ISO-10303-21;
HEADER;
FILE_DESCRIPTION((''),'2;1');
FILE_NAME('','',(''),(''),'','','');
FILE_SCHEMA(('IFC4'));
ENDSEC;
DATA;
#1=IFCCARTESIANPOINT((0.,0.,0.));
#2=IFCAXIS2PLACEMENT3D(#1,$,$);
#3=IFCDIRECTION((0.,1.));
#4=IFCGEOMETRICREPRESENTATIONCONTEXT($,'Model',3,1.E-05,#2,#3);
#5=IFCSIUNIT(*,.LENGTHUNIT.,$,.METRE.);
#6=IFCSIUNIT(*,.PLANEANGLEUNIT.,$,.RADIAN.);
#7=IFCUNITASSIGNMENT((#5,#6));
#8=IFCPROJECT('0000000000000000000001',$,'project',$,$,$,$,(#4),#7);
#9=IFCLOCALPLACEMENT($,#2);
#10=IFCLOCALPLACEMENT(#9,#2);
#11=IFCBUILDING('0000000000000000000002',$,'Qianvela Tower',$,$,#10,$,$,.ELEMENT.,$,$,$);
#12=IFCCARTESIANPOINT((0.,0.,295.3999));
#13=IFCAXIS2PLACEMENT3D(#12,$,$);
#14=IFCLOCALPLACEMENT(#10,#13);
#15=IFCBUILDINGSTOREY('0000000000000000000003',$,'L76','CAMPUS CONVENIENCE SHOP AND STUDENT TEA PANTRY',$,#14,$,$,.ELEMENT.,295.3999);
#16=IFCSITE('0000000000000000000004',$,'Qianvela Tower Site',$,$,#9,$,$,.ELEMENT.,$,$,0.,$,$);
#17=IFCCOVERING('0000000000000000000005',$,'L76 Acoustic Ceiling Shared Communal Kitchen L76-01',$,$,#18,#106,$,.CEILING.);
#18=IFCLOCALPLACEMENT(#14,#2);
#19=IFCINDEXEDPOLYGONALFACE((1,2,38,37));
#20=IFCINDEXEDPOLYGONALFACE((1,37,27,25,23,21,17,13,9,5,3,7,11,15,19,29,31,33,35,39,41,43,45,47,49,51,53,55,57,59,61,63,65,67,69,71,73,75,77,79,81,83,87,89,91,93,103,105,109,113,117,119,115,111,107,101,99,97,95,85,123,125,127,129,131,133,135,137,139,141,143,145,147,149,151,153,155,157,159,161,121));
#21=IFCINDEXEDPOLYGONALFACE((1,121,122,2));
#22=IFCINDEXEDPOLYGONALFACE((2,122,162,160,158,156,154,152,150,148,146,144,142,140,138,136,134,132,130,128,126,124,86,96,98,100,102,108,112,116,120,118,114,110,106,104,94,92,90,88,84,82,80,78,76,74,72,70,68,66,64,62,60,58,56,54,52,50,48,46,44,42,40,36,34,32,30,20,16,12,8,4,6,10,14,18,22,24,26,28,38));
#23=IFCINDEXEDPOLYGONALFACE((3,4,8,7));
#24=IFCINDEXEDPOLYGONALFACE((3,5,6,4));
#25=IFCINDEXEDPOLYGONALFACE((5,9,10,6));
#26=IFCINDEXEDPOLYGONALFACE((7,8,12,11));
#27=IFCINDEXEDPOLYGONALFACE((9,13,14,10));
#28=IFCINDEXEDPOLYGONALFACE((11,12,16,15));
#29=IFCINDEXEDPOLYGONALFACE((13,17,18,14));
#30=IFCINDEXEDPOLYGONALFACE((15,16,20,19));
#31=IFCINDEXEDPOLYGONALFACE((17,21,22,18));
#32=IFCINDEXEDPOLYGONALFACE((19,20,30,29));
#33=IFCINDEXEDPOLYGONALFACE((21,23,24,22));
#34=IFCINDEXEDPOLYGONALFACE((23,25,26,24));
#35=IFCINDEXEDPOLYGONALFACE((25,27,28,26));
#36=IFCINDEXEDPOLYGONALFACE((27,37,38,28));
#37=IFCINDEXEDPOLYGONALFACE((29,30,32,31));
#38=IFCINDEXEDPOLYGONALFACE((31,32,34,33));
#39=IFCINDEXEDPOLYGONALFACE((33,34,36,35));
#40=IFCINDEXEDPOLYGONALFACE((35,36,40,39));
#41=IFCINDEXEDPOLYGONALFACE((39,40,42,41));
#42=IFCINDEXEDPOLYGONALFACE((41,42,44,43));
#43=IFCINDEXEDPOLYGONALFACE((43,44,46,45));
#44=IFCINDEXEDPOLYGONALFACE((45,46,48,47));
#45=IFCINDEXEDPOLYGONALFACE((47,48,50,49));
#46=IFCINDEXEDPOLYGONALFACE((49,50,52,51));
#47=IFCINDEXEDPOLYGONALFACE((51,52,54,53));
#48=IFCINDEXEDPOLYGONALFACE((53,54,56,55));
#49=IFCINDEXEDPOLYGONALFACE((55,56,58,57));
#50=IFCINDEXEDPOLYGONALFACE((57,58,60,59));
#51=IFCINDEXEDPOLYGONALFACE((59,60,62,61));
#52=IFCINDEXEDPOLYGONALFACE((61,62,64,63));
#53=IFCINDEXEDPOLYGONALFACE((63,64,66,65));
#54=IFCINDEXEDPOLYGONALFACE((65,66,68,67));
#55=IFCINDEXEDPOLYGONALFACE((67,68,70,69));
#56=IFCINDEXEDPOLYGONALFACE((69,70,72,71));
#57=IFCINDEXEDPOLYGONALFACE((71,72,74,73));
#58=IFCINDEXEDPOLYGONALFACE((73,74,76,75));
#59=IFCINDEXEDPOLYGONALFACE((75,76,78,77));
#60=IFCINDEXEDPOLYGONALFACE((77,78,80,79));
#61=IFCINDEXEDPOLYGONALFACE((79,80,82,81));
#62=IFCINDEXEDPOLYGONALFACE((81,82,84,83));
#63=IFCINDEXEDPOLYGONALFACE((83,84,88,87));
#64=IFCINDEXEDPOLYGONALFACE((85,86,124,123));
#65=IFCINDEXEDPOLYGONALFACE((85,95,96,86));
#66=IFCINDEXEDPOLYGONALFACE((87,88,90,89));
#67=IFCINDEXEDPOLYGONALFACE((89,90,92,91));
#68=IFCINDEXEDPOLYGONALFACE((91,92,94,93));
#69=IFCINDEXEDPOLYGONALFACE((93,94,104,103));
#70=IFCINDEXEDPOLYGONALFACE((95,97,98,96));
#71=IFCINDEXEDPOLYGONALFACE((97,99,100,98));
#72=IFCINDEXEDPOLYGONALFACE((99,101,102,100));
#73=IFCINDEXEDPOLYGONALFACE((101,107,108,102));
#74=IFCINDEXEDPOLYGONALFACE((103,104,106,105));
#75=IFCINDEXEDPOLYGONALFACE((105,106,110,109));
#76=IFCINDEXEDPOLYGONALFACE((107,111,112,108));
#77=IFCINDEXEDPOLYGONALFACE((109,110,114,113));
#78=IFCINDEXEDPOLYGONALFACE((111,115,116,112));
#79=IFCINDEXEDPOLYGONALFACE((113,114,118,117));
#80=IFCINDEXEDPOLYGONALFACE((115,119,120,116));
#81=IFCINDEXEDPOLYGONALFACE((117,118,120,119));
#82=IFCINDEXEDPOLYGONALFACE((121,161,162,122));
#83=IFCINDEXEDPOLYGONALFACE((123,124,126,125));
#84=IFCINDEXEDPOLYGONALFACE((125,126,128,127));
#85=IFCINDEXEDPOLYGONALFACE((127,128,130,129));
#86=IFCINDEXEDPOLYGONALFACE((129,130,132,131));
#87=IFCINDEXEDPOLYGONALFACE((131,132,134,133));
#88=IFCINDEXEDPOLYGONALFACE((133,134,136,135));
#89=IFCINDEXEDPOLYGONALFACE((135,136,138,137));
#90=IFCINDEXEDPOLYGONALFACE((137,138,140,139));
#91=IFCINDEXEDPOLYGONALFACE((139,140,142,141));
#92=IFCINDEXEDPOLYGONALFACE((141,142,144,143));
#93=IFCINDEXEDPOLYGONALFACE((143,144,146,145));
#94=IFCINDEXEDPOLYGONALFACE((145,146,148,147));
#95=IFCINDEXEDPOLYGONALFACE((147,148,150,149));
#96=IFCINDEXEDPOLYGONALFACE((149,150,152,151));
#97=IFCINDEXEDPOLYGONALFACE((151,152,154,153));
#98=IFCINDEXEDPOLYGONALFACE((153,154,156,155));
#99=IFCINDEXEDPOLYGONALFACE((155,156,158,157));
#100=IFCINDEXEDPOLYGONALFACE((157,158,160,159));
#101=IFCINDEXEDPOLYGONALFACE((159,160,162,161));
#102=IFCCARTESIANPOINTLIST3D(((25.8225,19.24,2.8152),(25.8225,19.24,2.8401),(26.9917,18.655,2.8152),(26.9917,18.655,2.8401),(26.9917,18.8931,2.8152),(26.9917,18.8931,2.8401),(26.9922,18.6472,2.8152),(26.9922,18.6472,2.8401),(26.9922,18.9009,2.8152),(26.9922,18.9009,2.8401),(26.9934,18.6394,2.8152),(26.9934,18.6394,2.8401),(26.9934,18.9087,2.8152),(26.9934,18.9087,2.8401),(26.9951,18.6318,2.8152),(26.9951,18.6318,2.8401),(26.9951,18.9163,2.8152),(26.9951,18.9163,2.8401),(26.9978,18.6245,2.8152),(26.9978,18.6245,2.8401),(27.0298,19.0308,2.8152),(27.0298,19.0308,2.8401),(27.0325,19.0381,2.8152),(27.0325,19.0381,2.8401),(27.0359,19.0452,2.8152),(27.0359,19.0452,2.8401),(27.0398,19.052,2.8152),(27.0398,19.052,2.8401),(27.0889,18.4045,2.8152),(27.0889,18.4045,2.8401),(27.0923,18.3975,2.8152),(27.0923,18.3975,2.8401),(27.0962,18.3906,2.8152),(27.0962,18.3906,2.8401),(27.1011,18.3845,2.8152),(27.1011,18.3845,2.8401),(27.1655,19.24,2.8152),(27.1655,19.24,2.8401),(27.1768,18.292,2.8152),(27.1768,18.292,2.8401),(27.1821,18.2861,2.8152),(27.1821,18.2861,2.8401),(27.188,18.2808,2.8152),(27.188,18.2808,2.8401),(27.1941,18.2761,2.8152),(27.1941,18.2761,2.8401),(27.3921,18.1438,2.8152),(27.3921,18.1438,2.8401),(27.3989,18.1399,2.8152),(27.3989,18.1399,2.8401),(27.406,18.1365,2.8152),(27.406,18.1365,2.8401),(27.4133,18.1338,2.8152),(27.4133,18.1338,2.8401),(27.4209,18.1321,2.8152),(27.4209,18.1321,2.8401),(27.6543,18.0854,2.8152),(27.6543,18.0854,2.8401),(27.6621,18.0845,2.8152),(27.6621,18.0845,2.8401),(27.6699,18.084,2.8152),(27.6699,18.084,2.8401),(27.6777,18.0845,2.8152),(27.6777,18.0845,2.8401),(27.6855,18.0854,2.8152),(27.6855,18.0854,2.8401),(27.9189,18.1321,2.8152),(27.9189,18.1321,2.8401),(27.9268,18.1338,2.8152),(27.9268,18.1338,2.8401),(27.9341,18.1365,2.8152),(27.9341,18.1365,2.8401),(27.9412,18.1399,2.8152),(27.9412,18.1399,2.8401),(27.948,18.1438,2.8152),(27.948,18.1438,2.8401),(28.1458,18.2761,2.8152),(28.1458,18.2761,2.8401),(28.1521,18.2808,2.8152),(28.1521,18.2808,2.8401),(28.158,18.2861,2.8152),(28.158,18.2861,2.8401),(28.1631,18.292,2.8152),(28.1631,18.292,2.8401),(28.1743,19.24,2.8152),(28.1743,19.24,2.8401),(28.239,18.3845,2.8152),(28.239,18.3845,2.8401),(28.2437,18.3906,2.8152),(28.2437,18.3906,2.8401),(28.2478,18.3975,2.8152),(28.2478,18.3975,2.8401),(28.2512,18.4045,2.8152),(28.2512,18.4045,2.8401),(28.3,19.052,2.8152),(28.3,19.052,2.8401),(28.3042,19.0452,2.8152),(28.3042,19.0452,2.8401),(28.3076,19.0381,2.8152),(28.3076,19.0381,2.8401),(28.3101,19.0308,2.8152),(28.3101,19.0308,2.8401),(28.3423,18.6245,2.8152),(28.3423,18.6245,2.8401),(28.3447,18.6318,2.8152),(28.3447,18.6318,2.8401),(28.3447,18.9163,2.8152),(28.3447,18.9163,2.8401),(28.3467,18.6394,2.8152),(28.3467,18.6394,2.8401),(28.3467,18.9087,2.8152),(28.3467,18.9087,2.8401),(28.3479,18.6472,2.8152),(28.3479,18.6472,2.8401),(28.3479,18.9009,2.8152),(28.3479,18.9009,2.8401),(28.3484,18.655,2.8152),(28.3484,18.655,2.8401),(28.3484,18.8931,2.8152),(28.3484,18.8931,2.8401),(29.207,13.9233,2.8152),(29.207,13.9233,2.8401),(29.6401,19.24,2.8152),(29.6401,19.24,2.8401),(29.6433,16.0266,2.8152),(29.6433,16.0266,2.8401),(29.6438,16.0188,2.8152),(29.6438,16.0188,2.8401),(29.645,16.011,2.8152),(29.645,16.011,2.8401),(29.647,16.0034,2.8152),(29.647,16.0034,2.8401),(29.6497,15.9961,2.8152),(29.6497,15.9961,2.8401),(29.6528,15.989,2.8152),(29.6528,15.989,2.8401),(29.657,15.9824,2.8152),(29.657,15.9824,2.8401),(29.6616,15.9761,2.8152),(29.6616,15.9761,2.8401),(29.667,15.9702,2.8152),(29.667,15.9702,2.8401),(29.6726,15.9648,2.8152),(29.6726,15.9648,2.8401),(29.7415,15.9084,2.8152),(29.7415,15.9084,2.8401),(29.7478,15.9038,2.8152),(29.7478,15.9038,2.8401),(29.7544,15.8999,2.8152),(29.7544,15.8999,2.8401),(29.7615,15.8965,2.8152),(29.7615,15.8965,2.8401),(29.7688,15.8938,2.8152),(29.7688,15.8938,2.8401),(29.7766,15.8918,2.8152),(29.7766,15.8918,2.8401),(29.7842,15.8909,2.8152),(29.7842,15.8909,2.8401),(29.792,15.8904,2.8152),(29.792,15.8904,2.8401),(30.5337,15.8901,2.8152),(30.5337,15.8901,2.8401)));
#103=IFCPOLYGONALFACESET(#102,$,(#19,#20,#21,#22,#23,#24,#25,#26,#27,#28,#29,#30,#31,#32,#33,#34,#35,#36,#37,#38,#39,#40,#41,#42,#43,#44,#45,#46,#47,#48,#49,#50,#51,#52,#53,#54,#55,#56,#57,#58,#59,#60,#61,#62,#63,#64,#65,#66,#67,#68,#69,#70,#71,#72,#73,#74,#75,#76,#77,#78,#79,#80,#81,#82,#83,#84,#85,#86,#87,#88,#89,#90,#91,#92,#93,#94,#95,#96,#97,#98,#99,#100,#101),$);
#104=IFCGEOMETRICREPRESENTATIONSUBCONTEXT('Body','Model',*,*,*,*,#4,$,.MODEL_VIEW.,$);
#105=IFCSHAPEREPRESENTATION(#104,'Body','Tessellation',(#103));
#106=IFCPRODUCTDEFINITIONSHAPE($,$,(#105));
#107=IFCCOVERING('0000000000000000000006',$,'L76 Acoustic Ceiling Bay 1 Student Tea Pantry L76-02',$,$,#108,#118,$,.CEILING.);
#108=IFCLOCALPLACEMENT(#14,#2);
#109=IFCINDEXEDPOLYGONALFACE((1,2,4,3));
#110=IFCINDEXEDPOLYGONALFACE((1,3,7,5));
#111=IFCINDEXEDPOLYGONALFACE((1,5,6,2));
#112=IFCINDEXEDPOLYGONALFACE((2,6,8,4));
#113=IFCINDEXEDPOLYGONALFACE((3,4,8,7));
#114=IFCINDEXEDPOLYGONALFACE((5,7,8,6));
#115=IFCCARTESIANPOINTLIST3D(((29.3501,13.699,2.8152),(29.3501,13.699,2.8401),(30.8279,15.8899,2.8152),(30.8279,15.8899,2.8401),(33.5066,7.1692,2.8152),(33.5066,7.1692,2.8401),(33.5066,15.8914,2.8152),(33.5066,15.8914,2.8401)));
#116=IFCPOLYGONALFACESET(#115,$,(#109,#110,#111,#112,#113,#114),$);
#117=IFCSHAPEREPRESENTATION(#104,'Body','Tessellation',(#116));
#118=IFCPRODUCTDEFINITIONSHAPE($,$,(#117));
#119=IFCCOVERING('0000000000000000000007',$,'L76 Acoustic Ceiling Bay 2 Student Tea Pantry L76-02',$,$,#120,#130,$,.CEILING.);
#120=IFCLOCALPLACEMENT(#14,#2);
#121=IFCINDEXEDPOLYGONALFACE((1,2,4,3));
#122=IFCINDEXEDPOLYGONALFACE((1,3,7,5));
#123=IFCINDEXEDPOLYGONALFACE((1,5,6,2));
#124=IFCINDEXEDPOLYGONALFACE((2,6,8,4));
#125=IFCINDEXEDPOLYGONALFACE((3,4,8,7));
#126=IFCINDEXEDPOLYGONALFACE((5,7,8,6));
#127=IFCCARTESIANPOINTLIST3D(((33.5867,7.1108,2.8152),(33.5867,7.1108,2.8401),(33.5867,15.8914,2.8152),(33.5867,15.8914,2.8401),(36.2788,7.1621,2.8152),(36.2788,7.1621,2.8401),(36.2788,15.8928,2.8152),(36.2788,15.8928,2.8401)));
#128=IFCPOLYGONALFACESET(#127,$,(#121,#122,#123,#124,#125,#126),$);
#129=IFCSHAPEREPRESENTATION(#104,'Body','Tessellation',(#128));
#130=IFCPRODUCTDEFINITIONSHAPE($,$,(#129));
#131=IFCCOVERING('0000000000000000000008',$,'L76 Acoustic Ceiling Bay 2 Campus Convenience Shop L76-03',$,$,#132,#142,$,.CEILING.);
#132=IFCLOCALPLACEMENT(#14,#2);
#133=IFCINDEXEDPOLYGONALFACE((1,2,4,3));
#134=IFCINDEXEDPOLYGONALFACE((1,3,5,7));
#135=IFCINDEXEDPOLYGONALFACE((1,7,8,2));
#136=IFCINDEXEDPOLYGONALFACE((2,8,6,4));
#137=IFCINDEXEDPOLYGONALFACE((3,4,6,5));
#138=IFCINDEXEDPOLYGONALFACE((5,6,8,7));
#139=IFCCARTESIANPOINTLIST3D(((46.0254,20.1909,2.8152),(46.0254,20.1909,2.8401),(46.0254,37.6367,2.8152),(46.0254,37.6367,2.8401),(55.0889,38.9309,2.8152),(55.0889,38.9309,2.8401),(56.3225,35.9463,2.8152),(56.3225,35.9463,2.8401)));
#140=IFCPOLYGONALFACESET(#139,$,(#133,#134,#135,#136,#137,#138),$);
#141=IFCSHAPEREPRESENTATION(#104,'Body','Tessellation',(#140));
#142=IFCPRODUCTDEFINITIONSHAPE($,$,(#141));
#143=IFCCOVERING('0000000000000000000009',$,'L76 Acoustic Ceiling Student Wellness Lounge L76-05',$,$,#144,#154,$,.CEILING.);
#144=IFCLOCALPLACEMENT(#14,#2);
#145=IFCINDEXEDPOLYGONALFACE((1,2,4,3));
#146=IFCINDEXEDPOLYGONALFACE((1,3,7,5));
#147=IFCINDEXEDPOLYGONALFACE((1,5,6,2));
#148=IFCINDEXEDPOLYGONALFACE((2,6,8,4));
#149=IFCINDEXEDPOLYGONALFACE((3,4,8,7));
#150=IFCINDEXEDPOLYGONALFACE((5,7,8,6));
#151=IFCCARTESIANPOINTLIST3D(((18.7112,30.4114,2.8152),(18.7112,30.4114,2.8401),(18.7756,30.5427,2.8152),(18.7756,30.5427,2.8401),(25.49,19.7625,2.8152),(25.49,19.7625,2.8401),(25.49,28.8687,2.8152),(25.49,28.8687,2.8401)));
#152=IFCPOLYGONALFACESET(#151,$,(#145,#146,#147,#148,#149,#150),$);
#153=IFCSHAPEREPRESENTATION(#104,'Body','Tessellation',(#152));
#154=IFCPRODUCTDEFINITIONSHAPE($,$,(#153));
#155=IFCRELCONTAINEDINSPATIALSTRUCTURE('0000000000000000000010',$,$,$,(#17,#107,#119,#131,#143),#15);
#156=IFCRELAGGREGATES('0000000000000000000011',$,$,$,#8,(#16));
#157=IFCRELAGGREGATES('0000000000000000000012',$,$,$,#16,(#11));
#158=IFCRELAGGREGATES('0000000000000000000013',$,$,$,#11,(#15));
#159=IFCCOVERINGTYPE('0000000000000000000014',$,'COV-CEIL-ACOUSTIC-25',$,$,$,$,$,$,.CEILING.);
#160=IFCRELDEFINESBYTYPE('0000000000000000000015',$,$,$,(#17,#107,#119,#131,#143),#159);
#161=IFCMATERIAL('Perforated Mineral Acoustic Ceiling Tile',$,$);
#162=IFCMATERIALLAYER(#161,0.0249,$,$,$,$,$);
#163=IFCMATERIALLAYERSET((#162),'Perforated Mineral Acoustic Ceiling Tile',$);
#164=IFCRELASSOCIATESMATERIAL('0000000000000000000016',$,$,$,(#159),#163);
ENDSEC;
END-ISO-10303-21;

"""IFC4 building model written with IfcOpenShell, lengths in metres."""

from ifc_helpers import new_model, si_unit, direction, frame, origin, place, context, subcontext, project, spatial, polyline, outline, extrude, material, layer, layer_set, type_object, element, save


model = new_model("IFC4")

# Units and contexts
model_context = context("Model", 3, precision=1e-05, world=origin(), true_north=direction((0.0, 1.0)))
body_context = subcontext(model_context, "Body", "Model", "MODEL_VIEW")
ifc_project = project(units=[si_unit("LENGTHUNIT", "METRE"), si_unit("PLANEANGLEUNIT", "RADIAN")], contexts=[model_context])

# Site, building, storey
site_placement = place(None, origin())
site = spatial("IfcSite", under=ifc_project, at=site_placement, Name="Qianvela Tower Site", CompositionType="ELEMENT", RefElevation=0.0)
building_placement = place(site_placement, origin())
building = spatial("IfcBuilding", under=site, at=building_placement, Name="Qianvela Tower", CompositionType="ELEMENT")
storey_placement = place(building_placement, frame((0.0, 0.0, 295.3999)))
storey = spatial("IfcBuildingStorey", under=building, at=storey_placement, Name="L76", Description="CAMPUS CONVENIENCE SHOP AND STUDENT TEA PANTRY", CompositionType="ELEMENT", Elevation=295.3999)

# Coverings
ifc_material_1 = material(Name="Perforated Mineral Acoustic Ceiling Tile")
ifc_layer_1 = layer(ifc_material_1, 0.0249)
ifc_layer_set_1 = layer_set([ifc_layer_1], Name="Perforated Mineral Acoustic Ceiling Tile")
covering_type_1 = type_object("IfcCoveringType", Name="COV-CEIL-ACOUSTIC-25", PredefinedType="CEILING", material=ifc_layer_set_1)
covering_1_placement = place(storey_placement, frame((0.0, 0.0, 2.8152)))
element("IfcCovering", 1, at=covering_1_placement, inside=storey, type_object=covering_type_1, Name="L76 Acoustic Ceiling Shared Communal Kitchen L76-01", PredefinedType="CEILING", context=body_context, shape_type="SweptSolid", body=[
    extrude(outline(polyline([(27.1655, 19.24), (27.0398, 19.052), (27.0359, 19.0452), (27.0325, 19.0381), (27.0298, 19.0308), (26.9951, 18.9163), (26.9934, 18.9087), (26.9922, 18.9009), (26.9917, 18.8931), (26.9917, 18.655), (26.9922, 18.6472), (26.9934, 18.6394), (26.9951, 18.6318), (26.9978, 18.6245), (27.0889, 18.4045), (27.0923, 18.3975), (27.0962, 18.3906), (27.1011, 18.3845), (27.1768, 18.292), (27.1821, 18.2861), (27.188, 18.2808), (27.1941, 18.2761), (27.3921, 18.1438), (27.3989, 18.1399), (27.406, 18.1365), (27.4133, 18.1338), (27.4209, 18.1321), (27.6543, 18.0854), (27.6621, 18.0845), (27.6699, 18.084), (27.6777, 18.0845), (27.6855, 18.0854), (27.9189, 18.1321), (27.9268, 18.1338), (27.9341, 18.1365), (27.9412, 18.1399), (27.948, 18.1438), (28.1458, 18.2761), (28.1521, 18.2808), (28.158, 18.2861), (28.1631, 18.292), (28.239, 18.3845), (28.2437, 18.3906), (28.2478, 18.3975), (28.2512, 18.4045), (28.3423, 18.6245), (28.3447, 18.6318), (28.3467, 18.6394), (28.3479, 18.6472), (28.3484, 18.655), (28.3484, 18.8931), (28.3479, 18.9009), (28.3467, 18.9087), (28.3447, 18.9163), (28.3101, 19.0308), (28.3076, 19.0381), (28.3042, 19.0452), (28.3, 19.052), (28.1743, 19.24), (29.6401, 19.24), (29.6433, 16.0266), (29.6438, 16.0188), (29.645, 16.011), (29.647, 16.0034), (29.6497, 15.9961), (29.6528, 15.989), (29.657, 15.9824), (29.6616, 15.9761), (29.667, 15.9702), (29.6726, 15.9648), (29.7415, 15.9084), (29.7478, 15.9038), (29.7544, 15.8999), (29.7615, 15.8965), (29.7688, 15.8938), (29.7766, 15.8918), (29.7842, 15.8909), (29.792, 15.8904), (30.5337, 15.8901), (29.207, 13.9233), (25.8225, 19.24), (27.1655, 19.24)])), origin(), (0.0, 0.0, 1.0), 0.0249),
])
covering_2_placement = place(storey_placement, frame((0.0, 0.0, 2.8152)))
element("IfcCovering", 2, at=covering_2_placement, inside=storey, type_object=covering_type_1, Name="L76 Acoustic Ceiling Bay 1 Student Tea Pantry L76-02", PredefinedType="CEILING", context=body_context, shape_type="SweptSolid", body=[
    extrude(outline(polyline([(33.5066, 15.8914), (33.5066, 7.1692), (29.3501, 13.699), (30.8279, 15.8899), (33.5066, 15.8914)])), origin(), (0.0, 0.0, 1.0), 0.0249),
])
covering_3_placement = place(storey_placement, frame((0.0, 0.0, 2.8152)))
element("IfcCovering", 3, at=covering_3_placement, inside=storey, type_object=covering_type_1, Name="L76 Acoustic Ceiling Bay 2 Student Tea Pantry L76-02", PredefinedType="CEILING", context=body_context, shape_type="SweptSolid", body=[
    extrude(outline(polyline([(36.2788, 15.8928), (36.2788, 7.1621), (33.5867, 7.1108), (33.5867, 15.8914), (36.2788, 15.8928)])), origin(), (0.0, 0.0, 1.0), 0.0249),
])
covering_4_placement = place(storey_placement, frame((0.0, 0.0, 2.8152)))
element("IfcCovering", 4, at=covering_4_placement, inside=storey, type_object=covering_type_1, Name="L76 Acoustic Ceiling Bay 2 Campus Convenience Shop L76-03", PredefinedType="CEILING", context=body_context, shape_type="SweptSolid", body=[
    extrude(outline(polyline([(55.0889, 38.9309), (56.3225, 35.9463), (46.0254, 20.1909), (46.0254, 37.6367), (55.0889, 38.9309)])), origin(), (0.0, 0.0, 1.0), 0.0249),
])
covering_5_placement = place(storey_placement, frame((0.0, 0.0, 2.8152)))
element("IfcCovering", 5, at=covering_5_placement, inside=storey, type_object=covering_type_1, Name="L76 Acoustic Ceiling Student Wellness Lounge L76-05", PredefinedType="CEILING", context=body_context, shape_type="SweptSolid", body=[
    extrude(outline(polyline([(25.49, 28.8687), (25.49, 19.7625), (18.7112, 30.4114), (18.7756, 30.5427), (25.49, 28.8687)])), origin(), (0.0, 0.0, 1.0), 0.0249),
])

save(model, "model.ifc")
